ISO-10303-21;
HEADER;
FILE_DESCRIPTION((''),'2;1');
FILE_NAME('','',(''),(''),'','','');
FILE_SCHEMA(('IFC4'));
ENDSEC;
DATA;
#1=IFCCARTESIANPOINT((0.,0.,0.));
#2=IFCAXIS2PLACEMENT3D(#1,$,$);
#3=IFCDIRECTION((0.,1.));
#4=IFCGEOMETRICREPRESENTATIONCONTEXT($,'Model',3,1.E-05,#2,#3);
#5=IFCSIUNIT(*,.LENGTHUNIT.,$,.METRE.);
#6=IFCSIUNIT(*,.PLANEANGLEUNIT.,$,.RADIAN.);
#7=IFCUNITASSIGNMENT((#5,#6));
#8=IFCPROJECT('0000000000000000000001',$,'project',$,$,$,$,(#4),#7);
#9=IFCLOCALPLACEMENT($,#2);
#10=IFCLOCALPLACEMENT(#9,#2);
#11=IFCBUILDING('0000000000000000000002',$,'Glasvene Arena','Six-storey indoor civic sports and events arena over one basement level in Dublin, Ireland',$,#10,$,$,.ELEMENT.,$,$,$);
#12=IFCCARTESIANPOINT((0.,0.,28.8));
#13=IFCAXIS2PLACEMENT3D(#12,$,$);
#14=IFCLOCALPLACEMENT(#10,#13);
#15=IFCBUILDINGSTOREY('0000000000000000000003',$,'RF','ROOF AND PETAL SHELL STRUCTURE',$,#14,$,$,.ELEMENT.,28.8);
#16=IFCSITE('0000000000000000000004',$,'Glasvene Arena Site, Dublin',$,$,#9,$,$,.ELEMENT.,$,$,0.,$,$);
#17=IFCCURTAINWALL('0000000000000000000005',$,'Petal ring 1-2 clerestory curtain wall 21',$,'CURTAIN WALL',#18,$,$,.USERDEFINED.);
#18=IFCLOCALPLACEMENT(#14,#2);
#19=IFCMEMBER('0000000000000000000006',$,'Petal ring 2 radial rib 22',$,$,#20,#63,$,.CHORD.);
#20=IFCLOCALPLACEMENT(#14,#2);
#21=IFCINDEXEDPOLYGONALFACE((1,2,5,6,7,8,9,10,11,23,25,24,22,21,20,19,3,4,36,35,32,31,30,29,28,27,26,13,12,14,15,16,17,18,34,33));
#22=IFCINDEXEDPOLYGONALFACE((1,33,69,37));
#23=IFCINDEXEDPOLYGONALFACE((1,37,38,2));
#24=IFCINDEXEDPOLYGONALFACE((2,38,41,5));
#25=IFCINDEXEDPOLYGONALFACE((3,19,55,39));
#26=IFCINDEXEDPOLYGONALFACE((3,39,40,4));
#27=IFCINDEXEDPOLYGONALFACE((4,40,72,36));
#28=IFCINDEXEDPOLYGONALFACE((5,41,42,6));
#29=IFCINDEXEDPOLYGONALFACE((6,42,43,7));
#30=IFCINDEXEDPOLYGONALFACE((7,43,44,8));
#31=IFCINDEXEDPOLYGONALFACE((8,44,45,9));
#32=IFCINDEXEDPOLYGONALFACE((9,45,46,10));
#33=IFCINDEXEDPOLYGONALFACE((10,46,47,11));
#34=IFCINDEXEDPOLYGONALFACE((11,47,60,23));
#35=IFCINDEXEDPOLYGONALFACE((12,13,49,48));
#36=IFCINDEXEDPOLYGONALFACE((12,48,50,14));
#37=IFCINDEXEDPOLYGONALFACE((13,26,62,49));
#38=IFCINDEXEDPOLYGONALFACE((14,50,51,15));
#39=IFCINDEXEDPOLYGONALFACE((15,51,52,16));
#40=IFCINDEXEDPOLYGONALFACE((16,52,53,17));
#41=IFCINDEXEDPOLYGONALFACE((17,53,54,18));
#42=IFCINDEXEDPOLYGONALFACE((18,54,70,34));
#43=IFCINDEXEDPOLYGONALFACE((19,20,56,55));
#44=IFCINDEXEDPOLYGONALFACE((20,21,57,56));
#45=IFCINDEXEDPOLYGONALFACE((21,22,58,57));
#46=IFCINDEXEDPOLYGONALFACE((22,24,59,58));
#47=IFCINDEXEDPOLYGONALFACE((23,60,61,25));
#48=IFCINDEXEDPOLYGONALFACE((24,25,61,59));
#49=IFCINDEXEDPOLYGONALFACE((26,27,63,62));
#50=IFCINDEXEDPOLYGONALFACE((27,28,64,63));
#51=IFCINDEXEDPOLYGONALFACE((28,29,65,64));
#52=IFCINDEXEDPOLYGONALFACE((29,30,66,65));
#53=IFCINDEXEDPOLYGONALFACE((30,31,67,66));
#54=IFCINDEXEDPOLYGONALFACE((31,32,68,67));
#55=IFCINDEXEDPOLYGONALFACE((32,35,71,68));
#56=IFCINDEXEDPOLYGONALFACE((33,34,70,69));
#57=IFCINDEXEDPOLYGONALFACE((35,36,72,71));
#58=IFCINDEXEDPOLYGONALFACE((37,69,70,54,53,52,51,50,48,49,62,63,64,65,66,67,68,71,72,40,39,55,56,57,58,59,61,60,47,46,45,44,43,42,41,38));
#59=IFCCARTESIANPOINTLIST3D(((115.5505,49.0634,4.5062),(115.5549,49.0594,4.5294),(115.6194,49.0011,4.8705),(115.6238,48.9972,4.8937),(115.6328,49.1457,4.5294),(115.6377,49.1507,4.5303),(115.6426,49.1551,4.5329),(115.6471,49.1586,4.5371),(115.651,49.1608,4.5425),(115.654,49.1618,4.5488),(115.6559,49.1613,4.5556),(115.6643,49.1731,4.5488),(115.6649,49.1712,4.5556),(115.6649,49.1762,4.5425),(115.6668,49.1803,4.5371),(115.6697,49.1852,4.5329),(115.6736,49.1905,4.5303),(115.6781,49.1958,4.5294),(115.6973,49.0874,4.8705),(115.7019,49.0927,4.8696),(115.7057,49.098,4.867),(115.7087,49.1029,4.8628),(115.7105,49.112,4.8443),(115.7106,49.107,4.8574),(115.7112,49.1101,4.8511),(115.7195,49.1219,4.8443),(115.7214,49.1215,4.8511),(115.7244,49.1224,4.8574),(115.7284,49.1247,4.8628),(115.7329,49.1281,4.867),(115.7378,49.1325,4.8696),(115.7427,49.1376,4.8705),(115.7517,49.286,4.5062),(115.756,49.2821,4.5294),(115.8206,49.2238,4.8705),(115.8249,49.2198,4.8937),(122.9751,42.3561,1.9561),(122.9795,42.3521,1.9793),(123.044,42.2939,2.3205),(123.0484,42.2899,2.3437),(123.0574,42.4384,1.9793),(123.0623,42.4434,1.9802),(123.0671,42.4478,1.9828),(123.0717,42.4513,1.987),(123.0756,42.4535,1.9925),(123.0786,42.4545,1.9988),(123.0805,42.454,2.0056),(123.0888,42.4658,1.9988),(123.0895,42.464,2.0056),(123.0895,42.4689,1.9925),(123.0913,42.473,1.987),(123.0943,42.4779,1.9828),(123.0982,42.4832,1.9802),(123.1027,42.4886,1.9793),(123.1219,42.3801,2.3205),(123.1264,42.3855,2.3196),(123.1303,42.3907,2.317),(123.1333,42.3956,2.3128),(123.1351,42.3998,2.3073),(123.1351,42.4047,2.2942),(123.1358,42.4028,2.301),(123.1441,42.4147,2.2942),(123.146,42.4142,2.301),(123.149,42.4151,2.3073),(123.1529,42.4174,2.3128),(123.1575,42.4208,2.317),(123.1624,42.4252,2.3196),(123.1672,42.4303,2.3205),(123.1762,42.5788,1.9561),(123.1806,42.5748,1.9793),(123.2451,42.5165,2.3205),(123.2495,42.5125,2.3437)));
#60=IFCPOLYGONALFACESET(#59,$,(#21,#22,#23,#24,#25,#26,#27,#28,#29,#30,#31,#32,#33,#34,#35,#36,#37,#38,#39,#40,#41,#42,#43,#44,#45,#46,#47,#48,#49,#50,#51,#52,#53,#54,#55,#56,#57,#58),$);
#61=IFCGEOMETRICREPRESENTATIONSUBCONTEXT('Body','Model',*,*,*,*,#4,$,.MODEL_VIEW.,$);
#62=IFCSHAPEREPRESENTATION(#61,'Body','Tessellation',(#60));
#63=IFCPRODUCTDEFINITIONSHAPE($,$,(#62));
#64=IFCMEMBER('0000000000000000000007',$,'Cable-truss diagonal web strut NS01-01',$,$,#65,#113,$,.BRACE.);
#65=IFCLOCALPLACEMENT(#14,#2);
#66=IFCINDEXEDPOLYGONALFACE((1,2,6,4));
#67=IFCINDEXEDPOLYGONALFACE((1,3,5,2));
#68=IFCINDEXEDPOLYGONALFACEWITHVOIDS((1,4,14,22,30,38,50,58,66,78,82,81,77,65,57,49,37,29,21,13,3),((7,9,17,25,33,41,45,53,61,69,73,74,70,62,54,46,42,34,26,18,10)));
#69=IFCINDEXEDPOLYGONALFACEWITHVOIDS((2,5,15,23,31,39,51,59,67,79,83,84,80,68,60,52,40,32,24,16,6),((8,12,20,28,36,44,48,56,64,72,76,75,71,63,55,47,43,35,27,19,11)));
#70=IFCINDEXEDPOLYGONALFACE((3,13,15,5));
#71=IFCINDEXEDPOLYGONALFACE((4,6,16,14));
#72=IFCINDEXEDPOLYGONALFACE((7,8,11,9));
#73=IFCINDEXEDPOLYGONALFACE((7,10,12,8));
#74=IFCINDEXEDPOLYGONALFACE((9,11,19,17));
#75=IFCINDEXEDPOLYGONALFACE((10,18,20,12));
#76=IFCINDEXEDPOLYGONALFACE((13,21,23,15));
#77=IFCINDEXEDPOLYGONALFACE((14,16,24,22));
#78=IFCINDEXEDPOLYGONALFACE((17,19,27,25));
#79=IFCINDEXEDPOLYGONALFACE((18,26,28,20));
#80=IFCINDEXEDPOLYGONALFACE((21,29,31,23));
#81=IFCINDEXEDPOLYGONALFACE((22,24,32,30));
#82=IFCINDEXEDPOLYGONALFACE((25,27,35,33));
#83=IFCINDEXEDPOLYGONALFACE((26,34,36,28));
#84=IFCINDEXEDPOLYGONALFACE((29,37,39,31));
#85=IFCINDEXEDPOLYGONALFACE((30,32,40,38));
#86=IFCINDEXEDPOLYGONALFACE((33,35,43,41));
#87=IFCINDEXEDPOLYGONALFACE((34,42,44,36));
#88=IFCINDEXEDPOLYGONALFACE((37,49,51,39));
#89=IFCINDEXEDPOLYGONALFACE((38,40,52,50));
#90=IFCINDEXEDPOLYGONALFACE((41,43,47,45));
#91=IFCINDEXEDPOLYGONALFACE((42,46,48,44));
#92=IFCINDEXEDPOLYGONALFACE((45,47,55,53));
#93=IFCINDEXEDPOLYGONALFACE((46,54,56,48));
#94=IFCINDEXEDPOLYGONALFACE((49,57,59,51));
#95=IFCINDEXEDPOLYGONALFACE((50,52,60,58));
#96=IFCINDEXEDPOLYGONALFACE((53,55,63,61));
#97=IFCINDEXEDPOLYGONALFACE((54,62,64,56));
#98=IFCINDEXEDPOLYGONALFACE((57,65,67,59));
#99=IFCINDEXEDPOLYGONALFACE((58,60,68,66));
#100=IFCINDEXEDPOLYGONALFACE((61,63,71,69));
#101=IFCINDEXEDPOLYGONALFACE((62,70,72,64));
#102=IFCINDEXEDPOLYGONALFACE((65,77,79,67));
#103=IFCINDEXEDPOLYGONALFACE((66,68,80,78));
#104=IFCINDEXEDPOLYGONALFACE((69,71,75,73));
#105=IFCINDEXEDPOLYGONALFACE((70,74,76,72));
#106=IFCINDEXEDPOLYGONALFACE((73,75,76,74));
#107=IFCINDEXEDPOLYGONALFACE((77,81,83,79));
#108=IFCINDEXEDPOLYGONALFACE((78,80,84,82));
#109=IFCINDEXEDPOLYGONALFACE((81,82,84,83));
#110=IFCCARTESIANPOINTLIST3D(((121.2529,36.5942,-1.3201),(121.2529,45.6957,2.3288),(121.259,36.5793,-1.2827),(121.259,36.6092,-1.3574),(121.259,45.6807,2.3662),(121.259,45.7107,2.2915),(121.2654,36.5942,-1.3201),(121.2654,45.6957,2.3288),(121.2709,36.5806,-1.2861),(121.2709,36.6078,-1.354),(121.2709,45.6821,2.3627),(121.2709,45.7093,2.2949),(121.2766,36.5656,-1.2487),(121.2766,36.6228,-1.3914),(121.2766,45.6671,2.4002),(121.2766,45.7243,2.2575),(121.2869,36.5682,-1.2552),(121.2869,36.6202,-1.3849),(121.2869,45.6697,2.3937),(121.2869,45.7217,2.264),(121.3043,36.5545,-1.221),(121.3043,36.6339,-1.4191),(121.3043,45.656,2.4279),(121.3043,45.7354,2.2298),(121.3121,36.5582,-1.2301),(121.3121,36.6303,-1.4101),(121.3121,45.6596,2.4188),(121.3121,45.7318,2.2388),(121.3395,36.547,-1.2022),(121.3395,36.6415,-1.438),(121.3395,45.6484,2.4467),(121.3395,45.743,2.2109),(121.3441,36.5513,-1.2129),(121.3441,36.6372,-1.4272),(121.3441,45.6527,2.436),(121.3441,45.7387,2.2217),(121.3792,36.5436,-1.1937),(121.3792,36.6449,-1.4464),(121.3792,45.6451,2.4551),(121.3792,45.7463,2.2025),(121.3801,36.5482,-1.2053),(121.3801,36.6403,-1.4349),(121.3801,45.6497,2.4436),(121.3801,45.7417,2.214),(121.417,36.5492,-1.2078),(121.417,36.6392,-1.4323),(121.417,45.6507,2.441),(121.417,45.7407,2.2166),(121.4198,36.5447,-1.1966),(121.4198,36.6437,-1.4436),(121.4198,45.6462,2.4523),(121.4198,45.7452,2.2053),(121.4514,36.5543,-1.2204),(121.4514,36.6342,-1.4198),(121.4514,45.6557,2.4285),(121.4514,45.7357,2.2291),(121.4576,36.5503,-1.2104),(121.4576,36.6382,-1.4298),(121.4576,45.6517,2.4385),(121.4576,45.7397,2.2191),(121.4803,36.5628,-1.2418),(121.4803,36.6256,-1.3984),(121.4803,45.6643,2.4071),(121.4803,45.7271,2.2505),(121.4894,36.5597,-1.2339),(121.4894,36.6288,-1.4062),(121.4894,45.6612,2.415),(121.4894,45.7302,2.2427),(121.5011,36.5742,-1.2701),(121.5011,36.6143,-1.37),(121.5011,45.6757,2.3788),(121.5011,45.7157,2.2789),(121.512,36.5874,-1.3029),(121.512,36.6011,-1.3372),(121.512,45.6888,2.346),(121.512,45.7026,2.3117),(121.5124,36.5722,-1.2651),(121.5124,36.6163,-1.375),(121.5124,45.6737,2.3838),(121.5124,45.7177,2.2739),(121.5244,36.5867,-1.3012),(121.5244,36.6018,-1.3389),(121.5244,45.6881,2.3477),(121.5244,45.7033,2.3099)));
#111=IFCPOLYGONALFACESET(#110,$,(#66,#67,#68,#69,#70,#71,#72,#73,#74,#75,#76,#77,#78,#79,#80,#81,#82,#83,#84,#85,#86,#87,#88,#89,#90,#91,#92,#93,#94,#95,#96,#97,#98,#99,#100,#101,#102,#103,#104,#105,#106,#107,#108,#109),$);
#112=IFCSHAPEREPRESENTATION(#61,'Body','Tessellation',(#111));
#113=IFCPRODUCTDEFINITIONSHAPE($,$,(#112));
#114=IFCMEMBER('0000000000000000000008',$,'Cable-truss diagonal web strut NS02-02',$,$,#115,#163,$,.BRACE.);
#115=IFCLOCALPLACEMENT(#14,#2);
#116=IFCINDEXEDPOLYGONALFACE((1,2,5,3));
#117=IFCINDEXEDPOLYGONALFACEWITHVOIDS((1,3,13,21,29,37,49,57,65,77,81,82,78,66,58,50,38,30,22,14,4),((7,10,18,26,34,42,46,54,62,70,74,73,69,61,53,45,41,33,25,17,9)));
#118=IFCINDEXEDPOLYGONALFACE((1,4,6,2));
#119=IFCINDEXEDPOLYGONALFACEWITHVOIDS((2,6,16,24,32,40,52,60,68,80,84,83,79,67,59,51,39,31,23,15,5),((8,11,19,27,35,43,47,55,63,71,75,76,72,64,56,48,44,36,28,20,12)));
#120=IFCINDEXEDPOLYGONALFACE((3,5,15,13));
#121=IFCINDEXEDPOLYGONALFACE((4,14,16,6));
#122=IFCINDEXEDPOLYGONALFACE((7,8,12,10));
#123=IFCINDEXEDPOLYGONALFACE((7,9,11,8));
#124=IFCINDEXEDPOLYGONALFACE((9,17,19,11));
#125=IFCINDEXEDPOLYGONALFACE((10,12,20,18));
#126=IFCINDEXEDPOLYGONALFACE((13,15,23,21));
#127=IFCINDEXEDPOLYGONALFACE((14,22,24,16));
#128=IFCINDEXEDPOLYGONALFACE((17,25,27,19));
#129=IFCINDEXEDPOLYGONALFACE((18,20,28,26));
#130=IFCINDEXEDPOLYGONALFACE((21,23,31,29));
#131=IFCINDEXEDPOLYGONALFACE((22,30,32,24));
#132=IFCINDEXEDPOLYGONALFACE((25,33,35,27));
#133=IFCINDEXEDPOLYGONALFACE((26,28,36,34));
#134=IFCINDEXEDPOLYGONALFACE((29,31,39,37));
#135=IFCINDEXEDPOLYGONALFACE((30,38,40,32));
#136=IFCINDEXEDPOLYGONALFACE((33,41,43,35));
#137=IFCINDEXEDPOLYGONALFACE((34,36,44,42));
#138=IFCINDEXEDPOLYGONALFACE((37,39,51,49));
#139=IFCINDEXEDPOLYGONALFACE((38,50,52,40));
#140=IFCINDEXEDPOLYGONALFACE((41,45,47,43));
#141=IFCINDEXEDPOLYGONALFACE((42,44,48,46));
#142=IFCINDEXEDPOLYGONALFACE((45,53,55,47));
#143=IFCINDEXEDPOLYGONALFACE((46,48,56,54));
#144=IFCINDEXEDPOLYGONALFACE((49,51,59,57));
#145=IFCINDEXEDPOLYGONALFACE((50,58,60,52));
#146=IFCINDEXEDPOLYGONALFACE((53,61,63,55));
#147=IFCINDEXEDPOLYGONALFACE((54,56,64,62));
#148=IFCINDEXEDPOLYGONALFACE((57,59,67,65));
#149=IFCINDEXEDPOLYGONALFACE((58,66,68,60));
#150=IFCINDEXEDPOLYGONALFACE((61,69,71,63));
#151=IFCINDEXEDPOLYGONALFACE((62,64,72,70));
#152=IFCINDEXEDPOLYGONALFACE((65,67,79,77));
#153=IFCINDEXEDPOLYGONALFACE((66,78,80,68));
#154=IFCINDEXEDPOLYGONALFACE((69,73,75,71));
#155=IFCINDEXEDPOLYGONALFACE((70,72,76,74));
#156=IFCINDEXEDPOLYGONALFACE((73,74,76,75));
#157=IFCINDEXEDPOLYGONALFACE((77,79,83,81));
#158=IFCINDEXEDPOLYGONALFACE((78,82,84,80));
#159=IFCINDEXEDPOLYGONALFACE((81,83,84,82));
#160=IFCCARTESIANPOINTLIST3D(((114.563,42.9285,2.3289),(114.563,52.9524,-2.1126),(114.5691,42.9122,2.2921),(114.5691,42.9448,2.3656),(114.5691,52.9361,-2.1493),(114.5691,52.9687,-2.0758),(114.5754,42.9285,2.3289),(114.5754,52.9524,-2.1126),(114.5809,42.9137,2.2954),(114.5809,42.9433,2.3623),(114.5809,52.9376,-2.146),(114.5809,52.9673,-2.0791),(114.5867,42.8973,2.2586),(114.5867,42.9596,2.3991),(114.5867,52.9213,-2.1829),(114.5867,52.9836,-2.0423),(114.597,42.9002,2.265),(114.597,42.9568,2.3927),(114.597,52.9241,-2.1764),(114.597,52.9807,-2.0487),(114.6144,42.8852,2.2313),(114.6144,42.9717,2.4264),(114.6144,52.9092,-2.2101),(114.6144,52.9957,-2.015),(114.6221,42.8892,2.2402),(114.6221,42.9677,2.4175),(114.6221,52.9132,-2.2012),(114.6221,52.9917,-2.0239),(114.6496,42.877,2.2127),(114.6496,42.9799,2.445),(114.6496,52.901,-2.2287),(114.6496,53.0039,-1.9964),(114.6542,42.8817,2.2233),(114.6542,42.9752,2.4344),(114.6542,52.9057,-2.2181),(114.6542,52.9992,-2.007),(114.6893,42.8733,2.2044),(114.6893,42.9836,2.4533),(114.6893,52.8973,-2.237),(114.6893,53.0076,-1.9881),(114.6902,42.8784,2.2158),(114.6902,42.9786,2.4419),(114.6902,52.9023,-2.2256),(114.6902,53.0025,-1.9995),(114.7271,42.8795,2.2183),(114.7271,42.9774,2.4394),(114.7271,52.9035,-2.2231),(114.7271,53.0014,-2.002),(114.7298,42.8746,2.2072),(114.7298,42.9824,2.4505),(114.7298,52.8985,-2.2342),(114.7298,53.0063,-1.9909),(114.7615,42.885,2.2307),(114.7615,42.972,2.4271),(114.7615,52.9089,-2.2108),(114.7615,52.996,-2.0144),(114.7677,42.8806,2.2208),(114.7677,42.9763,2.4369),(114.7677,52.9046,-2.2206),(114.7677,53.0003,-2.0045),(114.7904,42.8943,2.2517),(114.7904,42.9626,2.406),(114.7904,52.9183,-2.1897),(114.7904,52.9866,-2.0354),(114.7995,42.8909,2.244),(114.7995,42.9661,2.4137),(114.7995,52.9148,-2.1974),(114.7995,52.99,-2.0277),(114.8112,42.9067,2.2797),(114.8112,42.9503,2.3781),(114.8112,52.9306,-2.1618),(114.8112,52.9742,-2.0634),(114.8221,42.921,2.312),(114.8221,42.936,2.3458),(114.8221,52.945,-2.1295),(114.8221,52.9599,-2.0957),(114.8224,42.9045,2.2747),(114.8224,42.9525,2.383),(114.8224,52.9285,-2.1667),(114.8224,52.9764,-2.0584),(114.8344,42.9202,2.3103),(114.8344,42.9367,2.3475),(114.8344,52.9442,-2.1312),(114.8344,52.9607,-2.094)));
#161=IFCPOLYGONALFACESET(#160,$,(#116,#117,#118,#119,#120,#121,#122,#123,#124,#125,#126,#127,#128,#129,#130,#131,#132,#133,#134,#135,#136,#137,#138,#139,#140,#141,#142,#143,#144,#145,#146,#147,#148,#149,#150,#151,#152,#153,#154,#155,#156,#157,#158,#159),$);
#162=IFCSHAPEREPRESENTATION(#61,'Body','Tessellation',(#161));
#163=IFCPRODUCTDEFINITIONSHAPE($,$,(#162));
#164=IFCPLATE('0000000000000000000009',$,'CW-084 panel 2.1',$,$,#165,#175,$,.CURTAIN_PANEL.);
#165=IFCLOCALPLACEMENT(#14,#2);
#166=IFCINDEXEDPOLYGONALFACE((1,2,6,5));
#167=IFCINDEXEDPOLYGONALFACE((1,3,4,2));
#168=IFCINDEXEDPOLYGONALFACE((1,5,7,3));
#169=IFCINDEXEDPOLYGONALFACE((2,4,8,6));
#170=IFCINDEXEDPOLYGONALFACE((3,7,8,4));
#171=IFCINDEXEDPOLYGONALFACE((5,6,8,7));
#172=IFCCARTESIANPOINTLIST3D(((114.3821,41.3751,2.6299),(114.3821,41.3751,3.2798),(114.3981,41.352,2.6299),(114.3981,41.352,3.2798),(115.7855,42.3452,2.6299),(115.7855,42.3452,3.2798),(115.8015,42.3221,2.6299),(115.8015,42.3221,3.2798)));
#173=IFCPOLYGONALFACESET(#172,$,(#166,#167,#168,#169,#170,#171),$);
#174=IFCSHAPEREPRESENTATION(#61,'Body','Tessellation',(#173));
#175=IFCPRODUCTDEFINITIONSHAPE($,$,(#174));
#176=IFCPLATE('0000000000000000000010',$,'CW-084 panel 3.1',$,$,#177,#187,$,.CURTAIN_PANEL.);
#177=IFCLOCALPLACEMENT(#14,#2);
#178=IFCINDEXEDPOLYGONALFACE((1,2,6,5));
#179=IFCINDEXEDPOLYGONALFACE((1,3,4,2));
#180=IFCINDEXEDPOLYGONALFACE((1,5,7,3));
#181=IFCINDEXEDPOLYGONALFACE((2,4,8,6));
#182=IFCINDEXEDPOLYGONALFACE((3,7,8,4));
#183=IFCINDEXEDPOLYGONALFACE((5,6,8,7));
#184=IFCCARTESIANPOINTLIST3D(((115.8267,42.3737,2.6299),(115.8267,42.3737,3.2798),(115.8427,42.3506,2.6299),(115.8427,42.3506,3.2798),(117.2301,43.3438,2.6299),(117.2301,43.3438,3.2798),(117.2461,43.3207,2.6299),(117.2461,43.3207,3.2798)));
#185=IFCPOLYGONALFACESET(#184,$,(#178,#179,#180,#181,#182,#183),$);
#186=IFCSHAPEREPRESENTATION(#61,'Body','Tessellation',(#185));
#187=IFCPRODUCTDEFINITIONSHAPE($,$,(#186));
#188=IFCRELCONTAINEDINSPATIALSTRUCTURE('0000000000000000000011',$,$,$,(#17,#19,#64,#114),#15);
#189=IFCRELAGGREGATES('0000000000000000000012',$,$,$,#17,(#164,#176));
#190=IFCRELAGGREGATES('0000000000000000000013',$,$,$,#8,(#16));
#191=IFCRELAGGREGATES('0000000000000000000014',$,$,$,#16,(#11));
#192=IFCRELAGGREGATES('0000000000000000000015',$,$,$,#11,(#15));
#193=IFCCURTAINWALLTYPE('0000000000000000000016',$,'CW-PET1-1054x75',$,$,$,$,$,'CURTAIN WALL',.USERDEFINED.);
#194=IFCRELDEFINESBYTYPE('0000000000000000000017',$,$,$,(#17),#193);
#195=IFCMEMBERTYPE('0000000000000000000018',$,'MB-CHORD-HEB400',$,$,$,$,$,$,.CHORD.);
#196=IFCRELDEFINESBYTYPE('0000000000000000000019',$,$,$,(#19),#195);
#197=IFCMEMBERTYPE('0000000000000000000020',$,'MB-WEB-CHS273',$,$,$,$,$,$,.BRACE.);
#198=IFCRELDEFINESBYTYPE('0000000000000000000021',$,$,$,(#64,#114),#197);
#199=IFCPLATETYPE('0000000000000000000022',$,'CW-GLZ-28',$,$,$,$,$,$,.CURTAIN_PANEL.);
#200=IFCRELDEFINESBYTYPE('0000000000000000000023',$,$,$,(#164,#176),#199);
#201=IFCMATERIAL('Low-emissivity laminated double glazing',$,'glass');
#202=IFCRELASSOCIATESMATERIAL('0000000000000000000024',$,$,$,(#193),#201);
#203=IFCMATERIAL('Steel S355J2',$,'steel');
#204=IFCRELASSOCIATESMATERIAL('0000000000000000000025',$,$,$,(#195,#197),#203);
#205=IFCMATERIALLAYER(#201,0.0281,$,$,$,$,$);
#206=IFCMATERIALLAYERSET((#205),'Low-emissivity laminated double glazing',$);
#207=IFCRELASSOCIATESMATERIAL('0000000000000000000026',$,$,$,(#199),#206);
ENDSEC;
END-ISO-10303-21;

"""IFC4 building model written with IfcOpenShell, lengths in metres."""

from ifc_helpers import new_model, si_unit, direction, frame, origin, origin_2d, place, context, subcontext, project, spatial, rectangle, hollow_circle, i_section, extrude, material, layer, layer_set, material_profile, profile_set, type_object, element, aggregate, save


model = new_model("IFC4")

# Units and contexts
model_context = context("Model", 3, precision=1e-05, world=origin(), true_north=direction((0.0, 1.0)))
body_context = subcontext(model_context, "Body", "Model", "MODEL_VIEW")
ifc_project = project(units=[si_unit("LENGTHUNIT", "METRE"), si_unit("PLANEANGLEUNIT", "RADIAN")], contexts=[model_context])

# Site, building, storey
site_placement = place(None, origin())
site = spatial("IfcSite", under=ifc_project, at=site_placement, Name="Glasvene Arena Site, Dublin", CompositionType="ELEMENT", RefElevation=0.0)
building_placement = place(site_placement, origin())
building = spatial("IfcBuilding", under=site, at=building_placement, Name="Glasvene Arena", Description="Six-storey indoor civic sports and events arena over one basement level in Dublin, Ireland", CompositionType="ELEMENT")
storey_placement = place(building_placement, frame((0.0, 0.0, 28.8)))
storey = spatial("IfcBuildingStorey", under=building, at=storey_placement, Name="RF", Description="ROOF AND PETAL SHELL STRUCTURE", CompositionType="ELEMENT", Elevation=28.8)

# Shared definitions
ifc_material_1 = material(Name="Steel S355J2", Category="steel")

# Curtain wall
ifc_material_2 = material(Name="Low-emissivity laminated double glazing", Category="glass")
curtain_wall_type_1 = type_object("IfcCurtainWallType", Name="CW-PET1-1054x75", ElementType="CURTAIN WALL", PredefinedType="USERDEFINED", material=ifc_material_2)
curtain_wall_1_placement = place(storey_placement, frame((112.925, 40.3508, 0.0)))
curtain_wall_1 = element("IfcCurtainWall", 1, at=curtain_wall_1_placement, inside=storey, type_object=curtain_wall_type_1, Name="Petal ring 1-2 clerestory curtain wall 21", ObjectType="CURTAIN WALL", PredefinedType="USERDEFINED")

# Members
ifc_material_profile_1 = material_profile(ifc_material_1, i_section(OverallWidth=0.3, OverallDepth=0.3999, WebThickness=0.0134, FlangeThickness=0.0239, FilletRadius=0.0271, at=origin_2d()), Name="HEB 400")
ifc_profile_set_1 = profile_set([ifc_material_profile_1], Name="Steel S355J2")
member_type_1 = type_object("IfcMemberType", Name="MB-CHORD-HEB400", PredefinedType="CHORD", material=ifc_profile_set_1)
member_1_placement = place(storey_placement, frame((123.1123, 42.4343, 2.1499), z_axis=(-0.719056, 0.649588, 0.246968), x_axis=(-0.670353, -0.742042, 0.0)))
element("IfcMember", 2, at=member_1_placement, inside=storey, type_object=member_type_1, Name="Petal ring 2 radial rib 22", PredefinedType="CHORD", context=body_context, shape_type="SweptSolid", body=[
    extrude(i_section(OverallWidth=0.3, OverallDepth=0.3999, WebThickness=0.0134, FlangeThickness=0.0239, FilletRadius=0.0271, at=origin_2d()), origin(), (0.0, 0.0, 1.0), 10.3254),
])
ifc_material_profile_2 = material_profile(ifc_material_1, hollow_circle(Radius=0.1365, WallThickness=0.0125, at=origin_2d()), Name="CHS 273.0x12.5")
ifc_profile_set_2 = profile_set([ifc_material_profile_2], Name="Steel S355J2")
member_type_2 = type_object("IfcMemberType", Name="MB-WEB-CHS273", PredefinedType="BRACE", material=ifc_profile_set_2)
member_2_placement = place(storey_placement, frame((121.3894, 36.5942, -1.3201), z_axis=(0.0, 0.928185, 0.37212), x_axis=(-1.0, 0.0, 0.0)))
element("IfcMember", 3, at=member_2_placement, inside=storey, type_object=member_type_2, Name="Cable-truss diagonal web strut NS01-01", PredefinedType="BRACE", context=body_context, shape_type="SweptSolid", body=[
    extrude(hollow_circle(Radius=0.1365, WallThickness=0.0125, at=origin_2d()), origin(), (0.0, 0.0, 1.0), 9.8057),
])
member_3_placement = place(storey_placement, frame((114.6995, 42.9285, 2.3289), z_axis=(0.0, 0.914274, -0.405097), x_axis=(-1.0, 0.0, 0.0)))
element("IfcMember", 4, at=member_3_placement, inside=storey, type_object=member_type_2, Name="Cable-truss diagonal web strut NS02-02", PredefinedType="BRACE", context=body_context, shape_type="SweptSolid", body=[
    extrude(hollow_circle(Radius=0.1365, WallThickness=0.0125, at=origin_2d()), origin(), (0.0, 0.0, 1.0), 10.9639),
])

# Plates
ifc_layer_1 = layer(ifc_material_2, 0.0281)
ifc_layer_set_1 = layer_set([ifc_layer_1], Name="Low-emissivity laminated double glazing")
plate_type_1 = type_object("IfcPlateType", Name="CW-GLZ-28", PredefinedType="CURTAIN_PANEL", material=ifc_layer_set_1)
plate_1_placement = place(storey_placement, frame((115.0918, 41.8486, 2.6299), z_axis=(0.0, 0.0, 1.0), x_axis=(0.822601, 0.568619, 0.0)))
plate_1 = element("IfcPlate", 5, at=plate_1_placement, type_object=plate_type_1, Name="CW-084 panel 2.1", PredefinedType="CURTAIN_PANEL", context=body_context, shape_type="SweptSolid", body=[
    extrude(rectangle(XDim=1.7061, YDim=0.0281, at=origin_2d()), origin(), (0.0, 0.0, 1.0), 0.6499),
])
plate_2_placement = place(storey_placement, frame((116.5364, 42.8472, 2.6299), z_axis=(0.0, 0.0, 1.0), x_axis=(0.822601, 0.568619, 0.0)))
plate_2 = element("IfcPlate", 6, at=plate_2_placement, type_object=plate_type_1, Name="CW-084 panel 3.1", PredefinedType="CURTAIN_PANEL", context=body_context, shape_type="SweptSolid", body=[
    extrude(rectangle(XDim=1.7061, YDim=0.0281, at=origin_2d()), origin(), (0.0, 0.0, 1.0), 0.6499),
])
aggregate(curtain_wall_1, [plate_1, plate_2])

save(model, "model.ifc")
